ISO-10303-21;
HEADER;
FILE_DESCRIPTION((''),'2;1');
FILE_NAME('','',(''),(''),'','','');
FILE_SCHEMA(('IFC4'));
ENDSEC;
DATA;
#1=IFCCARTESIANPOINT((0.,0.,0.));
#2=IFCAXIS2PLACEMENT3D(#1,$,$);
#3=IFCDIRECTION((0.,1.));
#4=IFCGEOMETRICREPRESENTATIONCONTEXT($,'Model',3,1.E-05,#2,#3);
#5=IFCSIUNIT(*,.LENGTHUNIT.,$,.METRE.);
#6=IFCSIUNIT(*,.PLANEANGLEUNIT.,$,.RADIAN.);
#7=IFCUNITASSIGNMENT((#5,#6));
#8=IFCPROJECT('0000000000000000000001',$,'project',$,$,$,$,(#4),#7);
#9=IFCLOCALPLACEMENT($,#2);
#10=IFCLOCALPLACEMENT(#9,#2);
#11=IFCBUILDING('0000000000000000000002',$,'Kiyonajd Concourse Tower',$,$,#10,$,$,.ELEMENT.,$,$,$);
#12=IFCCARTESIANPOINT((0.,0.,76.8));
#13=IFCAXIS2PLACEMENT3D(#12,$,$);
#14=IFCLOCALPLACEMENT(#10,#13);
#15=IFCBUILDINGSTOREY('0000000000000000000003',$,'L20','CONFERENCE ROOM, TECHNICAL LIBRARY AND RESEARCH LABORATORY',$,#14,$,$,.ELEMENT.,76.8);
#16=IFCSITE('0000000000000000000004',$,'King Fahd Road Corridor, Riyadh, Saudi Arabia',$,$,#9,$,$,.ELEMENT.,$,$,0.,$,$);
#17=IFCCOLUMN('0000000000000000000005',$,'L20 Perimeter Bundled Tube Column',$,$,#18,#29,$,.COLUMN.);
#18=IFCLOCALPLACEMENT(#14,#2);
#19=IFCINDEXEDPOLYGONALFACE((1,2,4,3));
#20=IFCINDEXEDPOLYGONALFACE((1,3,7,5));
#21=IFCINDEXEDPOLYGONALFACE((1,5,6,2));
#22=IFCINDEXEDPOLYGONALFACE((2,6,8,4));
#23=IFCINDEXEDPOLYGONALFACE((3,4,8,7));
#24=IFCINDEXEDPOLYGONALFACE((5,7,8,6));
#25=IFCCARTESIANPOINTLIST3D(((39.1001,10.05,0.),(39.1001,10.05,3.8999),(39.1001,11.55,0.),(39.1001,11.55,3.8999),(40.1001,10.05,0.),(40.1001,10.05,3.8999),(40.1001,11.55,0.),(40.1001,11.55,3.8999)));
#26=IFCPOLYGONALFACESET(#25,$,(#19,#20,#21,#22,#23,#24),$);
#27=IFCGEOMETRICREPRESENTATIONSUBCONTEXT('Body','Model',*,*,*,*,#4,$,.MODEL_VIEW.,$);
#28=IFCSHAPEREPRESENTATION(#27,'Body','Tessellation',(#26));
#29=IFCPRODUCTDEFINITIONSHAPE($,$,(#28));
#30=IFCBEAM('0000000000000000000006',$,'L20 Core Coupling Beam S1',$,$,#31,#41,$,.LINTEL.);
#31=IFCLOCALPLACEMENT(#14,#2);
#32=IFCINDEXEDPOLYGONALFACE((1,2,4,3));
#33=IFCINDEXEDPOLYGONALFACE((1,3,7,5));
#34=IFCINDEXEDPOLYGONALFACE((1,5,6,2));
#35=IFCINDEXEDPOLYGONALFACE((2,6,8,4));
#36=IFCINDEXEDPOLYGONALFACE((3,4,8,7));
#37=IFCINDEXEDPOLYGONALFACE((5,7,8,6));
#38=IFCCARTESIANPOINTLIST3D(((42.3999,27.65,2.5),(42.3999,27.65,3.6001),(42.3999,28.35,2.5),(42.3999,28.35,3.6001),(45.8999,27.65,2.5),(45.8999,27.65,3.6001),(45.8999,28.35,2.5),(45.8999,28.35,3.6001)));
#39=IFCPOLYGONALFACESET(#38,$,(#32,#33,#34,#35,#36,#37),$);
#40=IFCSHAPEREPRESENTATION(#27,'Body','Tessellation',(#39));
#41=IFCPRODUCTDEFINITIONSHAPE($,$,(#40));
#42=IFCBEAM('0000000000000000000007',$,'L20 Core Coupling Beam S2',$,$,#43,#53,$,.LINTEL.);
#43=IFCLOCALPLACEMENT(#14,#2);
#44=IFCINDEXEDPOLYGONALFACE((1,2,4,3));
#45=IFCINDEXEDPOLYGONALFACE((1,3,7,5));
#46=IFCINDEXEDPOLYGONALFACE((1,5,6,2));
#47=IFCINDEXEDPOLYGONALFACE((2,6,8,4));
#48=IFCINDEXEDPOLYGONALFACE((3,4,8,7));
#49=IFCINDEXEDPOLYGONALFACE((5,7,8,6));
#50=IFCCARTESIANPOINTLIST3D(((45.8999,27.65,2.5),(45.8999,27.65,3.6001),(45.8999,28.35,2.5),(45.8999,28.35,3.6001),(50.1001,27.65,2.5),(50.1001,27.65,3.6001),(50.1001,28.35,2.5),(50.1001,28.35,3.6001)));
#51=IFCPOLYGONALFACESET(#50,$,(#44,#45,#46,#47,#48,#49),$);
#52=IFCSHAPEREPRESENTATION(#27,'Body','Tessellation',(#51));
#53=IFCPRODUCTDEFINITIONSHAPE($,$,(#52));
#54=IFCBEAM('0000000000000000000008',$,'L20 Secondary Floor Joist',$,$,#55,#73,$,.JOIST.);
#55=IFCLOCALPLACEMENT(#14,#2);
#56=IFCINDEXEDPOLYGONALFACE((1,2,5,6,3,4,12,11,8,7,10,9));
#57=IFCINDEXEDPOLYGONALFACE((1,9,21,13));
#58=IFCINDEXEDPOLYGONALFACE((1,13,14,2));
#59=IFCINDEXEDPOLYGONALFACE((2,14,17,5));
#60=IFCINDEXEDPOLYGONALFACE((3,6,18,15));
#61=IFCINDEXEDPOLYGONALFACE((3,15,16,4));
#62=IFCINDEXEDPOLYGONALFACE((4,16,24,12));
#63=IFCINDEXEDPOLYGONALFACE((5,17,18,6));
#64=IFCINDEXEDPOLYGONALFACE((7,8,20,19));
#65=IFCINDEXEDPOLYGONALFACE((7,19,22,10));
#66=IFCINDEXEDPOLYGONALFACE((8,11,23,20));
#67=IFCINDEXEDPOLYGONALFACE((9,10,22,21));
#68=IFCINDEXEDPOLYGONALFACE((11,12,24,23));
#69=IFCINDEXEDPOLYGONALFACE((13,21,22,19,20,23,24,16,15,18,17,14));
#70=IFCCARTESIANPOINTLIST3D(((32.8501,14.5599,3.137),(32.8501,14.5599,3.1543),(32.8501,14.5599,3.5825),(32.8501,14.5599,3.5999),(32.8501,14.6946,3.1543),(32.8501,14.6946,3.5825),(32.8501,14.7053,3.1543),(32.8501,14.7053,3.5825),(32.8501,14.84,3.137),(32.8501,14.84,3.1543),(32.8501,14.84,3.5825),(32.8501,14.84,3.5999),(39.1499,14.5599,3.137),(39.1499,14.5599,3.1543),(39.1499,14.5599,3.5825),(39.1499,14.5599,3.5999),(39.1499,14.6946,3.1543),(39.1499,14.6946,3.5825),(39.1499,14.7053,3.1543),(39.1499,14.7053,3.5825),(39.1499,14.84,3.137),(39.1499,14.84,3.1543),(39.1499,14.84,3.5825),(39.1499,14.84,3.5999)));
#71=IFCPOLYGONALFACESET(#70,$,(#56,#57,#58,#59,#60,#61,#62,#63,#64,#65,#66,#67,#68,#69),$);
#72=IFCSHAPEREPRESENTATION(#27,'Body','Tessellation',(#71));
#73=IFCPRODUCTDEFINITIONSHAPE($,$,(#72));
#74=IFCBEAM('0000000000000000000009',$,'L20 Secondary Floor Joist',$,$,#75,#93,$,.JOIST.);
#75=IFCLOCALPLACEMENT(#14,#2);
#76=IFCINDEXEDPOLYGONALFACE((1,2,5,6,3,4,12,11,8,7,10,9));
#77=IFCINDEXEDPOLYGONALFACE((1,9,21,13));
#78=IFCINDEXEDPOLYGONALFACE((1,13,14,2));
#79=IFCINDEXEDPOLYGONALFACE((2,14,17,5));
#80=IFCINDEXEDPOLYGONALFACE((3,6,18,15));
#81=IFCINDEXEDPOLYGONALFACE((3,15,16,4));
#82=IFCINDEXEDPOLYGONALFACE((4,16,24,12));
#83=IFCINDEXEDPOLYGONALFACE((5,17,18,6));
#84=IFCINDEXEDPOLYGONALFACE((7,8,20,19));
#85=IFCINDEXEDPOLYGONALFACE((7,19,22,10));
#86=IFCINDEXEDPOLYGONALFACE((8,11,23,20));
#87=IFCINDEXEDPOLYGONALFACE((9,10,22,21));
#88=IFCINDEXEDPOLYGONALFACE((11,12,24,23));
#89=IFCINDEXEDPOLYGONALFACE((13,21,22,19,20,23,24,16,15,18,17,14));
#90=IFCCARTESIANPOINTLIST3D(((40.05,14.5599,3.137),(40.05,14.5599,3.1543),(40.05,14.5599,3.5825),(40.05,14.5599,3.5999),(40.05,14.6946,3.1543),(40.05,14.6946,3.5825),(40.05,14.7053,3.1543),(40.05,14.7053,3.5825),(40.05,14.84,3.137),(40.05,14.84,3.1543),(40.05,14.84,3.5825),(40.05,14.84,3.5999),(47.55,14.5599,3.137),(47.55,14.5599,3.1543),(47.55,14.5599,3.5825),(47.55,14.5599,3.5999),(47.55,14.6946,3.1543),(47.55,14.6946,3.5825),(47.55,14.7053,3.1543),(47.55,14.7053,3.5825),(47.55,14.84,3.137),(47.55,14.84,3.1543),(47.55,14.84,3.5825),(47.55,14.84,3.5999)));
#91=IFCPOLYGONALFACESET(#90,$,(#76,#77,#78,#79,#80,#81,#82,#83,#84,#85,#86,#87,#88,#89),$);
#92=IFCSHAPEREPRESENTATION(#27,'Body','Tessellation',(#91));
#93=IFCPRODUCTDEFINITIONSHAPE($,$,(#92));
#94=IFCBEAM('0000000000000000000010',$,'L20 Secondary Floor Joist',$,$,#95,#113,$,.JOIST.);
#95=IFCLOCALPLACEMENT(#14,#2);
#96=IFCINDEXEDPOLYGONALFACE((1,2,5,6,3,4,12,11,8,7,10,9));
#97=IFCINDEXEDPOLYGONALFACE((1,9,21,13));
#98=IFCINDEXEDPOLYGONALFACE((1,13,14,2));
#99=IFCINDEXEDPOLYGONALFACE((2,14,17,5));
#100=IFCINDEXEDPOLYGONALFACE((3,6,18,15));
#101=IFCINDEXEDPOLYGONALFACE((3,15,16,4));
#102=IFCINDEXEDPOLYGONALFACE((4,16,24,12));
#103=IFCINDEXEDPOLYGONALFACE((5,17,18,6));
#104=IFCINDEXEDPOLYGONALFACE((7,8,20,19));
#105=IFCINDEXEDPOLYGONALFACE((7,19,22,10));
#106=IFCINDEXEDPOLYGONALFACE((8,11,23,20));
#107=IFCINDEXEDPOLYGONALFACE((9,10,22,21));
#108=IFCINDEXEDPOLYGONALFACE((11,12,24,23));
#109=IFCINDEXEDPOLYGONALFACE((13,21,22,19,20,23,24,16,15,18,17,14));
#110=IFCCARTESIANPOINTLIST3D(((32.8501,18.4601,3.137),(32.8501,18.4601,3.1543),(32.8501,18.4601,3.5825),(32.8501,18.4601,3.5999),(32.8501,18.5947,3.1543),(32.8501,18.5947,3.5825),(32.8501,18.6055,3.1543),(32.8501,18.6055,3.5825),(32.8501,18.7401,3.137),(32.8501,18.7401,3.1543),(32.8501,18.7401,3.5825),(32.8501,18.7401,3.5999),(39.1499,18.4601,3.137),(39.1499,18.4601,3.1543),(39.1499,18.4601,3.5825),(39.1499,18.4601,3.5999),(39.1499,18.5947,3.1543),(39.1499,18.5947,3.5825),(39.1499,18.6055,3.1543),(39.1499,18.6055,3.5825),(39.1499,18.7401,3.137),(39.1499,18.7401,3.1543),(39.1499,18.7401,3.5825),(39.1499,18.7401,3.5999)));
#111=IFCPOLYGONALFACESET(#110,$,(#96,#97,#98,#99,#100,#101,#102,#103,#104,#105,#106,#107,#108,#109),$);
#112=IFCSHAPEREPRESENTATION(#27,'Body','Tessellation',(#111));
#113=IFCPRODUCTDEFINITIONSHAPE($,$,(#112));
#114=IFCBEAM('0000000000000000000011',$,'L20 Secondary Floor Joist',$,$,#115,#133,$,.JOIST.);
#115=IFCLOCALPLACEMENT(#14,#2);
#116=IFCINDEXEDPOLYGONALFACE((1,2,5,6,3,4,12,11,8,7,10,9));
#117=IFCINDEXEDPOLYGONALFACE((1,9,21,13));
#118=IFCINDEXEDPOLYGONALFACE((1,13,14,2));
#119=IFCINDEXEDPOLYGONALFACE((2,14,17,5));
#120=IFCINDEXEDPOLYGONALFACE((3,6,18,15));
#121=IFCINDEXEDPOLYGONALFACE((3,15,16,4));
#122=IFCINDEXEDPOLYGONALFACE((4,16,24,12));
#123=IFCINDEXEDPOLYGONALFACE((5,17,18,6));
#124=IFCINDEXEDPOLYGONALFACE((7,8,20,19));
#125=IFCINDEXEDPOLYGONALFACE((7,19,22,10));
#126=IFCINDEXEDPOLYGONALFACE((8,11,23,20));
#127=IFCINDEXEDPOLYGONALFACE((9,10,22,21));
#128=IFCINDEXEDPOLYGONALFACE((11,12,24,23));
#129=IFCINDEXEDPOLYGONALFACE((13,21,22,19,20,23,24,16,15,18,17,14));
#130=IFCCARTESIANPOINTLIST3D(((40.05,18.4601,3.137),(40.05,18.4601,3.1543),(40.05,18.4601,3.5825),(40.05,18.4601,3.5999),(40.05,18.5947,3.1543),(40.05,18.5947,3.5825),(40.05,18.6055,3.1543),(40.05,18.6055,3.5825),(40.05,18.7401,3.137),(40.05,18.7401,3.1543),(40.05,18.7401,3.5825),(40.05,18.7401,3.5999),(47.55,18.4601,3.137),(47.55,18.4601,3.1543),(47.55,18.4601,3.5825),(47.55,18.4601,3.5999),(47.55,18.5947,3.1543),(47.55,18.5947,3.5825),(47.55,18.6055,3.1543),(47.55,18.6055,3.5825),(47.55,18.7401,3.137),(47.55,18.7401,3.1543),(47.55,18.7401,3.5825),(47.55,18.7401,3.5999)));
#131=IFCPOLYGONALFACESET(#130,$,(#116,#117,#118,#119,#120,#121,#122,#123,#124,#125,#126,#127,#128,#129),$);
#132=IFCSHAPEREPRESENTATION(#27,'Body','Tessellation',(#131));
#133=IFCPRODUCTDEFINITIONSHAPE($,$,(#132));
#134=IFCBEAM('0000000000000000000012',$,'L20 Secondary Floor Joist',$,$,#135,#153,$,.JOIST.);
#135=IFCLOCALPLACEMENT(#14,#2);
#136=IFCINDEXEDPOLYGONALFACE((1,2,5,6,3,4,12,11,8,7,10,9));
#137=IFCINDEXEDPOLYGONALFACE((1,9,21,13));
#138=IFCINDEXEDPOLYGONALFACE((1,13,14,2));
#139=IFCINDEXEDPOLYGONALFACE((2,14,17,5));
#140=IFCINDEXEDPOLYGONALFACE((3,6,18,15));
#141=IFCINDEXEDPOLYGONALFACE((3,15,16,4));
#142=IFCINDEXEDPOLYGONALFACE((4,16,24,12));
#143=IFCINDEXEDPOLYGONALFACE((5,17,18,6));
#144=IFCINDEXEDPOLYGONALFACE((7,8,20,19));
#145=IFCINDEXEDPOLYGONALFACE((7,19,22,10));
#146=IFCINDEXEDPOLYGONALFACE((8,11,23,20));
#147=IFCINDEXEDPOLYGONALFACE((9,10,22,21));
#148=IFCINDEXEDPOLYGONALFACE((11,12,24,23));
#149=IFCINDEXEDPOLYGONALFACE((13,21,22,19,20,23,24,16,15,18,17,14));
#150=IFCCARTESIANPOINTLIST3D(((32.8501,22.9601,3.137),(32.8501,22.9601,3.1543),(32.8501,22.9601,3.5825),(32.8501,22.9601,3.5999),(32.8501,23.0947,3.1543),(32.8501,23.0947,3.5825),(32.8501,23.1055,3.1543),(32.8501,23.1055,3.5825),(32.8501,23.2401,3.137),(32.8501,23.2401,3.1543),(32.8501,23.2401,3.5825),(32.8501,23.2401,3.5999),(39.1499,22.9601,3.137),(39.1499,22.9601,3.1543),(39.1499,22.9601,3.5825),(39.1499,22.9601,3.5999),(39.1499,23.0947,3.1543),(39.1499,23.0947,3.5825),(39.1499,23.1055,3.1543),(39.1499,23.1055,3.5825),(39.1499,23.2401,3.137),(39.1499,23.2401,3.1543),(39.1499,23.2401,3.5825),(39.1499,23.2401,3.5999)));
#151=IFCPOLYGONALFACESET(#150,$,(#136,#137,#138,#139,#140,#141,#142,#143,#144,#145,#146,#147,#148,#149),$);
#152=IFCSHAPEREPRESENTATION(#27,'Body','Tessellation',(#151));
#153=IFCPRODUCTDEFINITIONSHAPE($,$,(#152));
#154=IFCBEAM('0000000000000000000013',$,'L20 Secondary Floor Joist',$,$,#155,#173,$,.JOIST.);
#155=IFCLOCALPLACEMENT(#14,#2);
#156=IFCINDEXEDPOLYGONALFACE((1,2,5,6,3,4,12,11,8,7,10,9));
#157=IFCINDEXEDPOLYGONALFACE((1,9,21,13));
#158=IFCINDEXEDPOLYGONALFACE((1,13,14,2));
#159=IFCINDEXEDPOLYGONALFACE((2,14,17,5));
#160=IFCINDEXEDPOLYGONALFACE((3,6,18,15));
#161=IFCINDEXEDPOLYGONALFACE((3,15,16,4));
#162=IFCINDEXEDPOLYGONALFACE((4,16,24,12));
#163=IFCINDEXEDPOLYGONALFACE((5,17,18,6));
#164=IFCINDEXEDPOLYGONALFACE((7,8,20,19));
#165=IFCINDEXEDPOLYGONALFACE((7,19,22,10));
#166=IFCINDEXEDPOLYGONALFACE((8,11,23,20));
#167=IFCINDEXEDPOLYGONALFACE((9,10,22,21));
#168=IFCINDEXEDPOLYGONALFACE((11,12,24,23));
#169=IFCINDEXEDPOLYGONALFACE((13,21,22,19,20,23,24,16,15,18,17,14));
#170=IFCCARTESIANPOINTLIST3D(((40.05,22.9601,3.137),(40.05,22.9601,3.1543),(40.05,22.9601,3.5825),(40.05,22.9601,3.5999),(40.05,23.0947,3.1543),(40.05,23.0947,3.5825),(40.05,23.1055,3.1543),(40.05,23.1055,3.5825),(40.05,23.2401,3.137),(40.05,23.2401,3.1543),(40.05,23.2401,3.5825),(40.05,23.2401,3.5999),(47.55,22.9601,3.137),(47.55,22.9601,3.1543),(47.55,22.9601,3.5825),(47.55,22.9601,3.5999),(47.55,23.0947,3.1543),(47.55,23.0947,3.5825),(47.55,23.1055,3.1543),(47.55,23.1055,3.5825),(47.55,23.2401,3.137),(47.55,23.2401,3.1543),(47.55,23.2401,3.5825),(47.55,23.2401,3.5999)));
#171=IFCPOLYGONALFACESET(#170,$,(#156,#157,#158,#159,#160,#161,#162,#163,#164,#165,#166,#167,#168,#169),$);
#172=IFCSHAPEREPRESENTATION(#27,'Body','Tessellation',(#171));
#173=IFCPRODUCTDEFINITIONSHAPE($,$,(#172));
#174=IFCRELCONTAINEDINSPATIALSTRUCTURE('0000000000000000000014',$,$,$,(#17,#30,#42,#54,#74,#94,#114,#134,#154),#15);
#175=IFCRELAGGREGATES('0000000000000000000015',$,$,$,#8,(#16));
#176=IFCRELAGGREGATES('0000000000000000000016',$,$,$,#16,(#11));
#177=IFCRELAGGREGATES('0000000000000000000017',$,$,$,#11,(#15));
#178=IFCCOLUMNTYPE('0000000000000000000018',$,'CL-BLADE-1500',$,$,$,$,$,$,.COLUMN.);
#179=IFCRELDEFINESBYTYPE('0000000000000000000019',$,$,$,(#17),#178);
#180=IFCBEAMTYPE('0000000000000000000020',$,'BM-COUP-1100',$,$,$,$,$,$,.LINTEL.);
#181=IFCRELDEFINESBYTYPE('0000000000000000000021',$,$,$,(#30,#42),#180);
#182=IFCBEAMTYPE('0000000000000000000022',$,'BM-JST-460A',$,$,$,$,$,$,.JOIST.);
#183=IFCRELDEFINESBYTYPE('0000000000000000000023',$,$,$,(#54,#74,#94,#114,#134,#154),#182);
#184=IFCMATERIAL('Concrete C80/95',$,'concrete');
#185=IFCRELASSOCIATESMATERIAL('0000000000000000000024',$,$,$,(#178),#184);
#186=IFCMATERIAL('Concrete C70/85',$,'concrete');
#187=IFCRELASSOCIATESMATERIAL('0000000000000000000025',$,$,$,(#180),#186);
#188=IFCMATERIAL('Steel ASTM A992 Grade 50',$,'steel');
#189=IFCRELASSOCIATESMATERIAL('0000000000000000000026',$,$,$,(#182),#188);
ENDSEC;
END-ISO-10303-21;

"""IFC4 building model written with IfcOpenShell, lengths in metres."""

from ifc_helpers import new_model, si_unit, direction, frame, origin, origin_2d, place, context, subcontext, project, spatial, rectangle, i_section, extrude, material, material_profile, profile_set, type_object, element, save


model = new_model("IFC4")

# Units and contexts
model_context = context("Model", 3, precision=1e-05, world=origin(), true_north=direction((0.0, 1.0)))
body_context = subcontext(model_context, "Body", "Model", "MODEL_VIEW")
ifc_project = project(units=[si_unit("LENGTHUNIT", "METRE"), si_unit("PLANEANGLEUNIT", "RADIAN")], contexts=[model_context])

# Site, building, storey
site_placement = place(None, origin())
site = spatial("IfcSite", under=ifc_project, at=site_placement, Name="King Fahd Road Corridor, Riyadh, Saudi Arabia", CompositionType="ELEMENT", RefElevation=0.0)
building_placement = place(site_placement, origin())
building = spatial("IfcBuilding", under=site, at=building_placement, Name="Kiyonajd Concourse Tower", CompositionType="ELEMENT")
storey_placement = place(building_placement, frame((0.0, 0.0, 76.8)))
storey = spatial("IfcBuildingStorey", under=building, at=storey_placement, Name="L20", Description="CONFERENCE ROOM, TECHNICAL LIBRARY AND RESEARCH LABORATORY", CompositionType="ELEMENT", Elevation=76.8)

# Column
ifc_material_1 = material(Name="Concrete C80/95", Category="concrete")
ifc_material_profile_1 = material_profile(ifc_material_1, rectangle(XDim=1.0, YDim=1.5, at=origin_2d()), Name="RC-1500x1000")
ifc_profile_set_1 = profile_set([ifc_material_profile_1], Name="Concrete C80/95")
column_type = type_object("IfcColumnType", Name="CL-BLADE-1500", PredefinedType="COLUMN", material=ifc_profile_set_1)
column_placement = place(storey_placement, frame((39.6001, 10.8, 0.0), z_axis=(0.0, 0.0, 1.0), x_axis=(1.0, 0.0, 0.0)))
element("IfcColumn", 1, at=column_placement, inside=storey, type_object=column_type, Name="L20 Perimeter Bundled Tube Column", PredefinedType="COLUMN", context=body_context, shape_type="SweptSolid", body=[
    extrude(rectangle(XDim=1.0, YDim=1.5, at=origin_2d()), origin(), (0.0, 0.0, 1.0), 3.8999),
])

# Beams
ifc_material_2 = material(Name="Concrete C70/85", Category="concrete")
ifc_material_profile_2 = material_profile(ifc_material_2, rectangle(XDim=0.7, YDim=1.1001, at=origin_2d()), Name="RCBM-700x1100")
ifc_profile_set_2 = profile_set([ifc_material_profile_2], Name="Concrete C70/85")
beam_type_1 = type_object("IfcBeamType", Name="BM-COUP-1100", PredefinedType="LINTEL", material=ifc_profile_set_2)
beam_1_placement = place(storey_placement, frame((42.3999, 28.0, 3.05), z_axis=(1.0, 0.0, 0.0), x_axis=(0.0, 1.0, 0.0)))
element("IfcBeam", 2, at=beam_1_placement, inside=storey, type_object=beam_type_1, Name="L20 Core Coupling Beam S1", PredefinedType="LINTEL", context=body_context, shape_type="SweptSolid", body=[
    extrude(rectangle(XDim=0.7, YDim=1.1001, at=origin_2d()), origin(), (0.0, 0.0, 1.0), 3.5),
])
beam_2_placement = place(storey_placement, frame((45.8999, 28.0, 3.05), z_axis=(1.0, 0.0, 0.0), x_axis=(0.0, 1.0, 0.0)))
element("IfcBeam", 3, at=beam_2_placement, inside=storey, type_object=beam_type_1, Name="L20 Core Coupling Beam S2", PredefinedType="LINTEL", context=body_context, shape_type="SweptSolid", body=[
    extrude(rectangle(XDim=0.7, YDim=1.1001, at=origin_2d()), origin(), (0.0, 0.0, 1.0), 4.2002),
])
ifc_material_3 = material(Name="Steel ASTM A992 Grade 50", Category="steel")
ifc_material_profile_3 = material_profile(ifc_material_3, i_section(OverallWidth=0.28, OverallDepth=0.4629, WebThickness=0.0107, FlangeThickness=0.0173, at=origin_2d()), Name="W460X113")
ifc_profile_set_3 = profile_set([ifc_material_profile_3], Name="Steel ASTM A992 Grade 50")
beam_type_2 = type_object("IfcBeamType", Name="BM-JST-460A", PredefinedType="JOIST", material=ifc_profile_set_3)
beam_3_placement = place(storey_placement, frame((32.8501, 14.7, 3.3684), z_axis=(1.0, 0.0, 0.0), x_axis=(0.0, 1.0, 0.0)))
element("IfcBeam", 4, at=beam_3_placement, inside=storey, type_object=beam_type_2, Name="L20 Secondary Floor Joist", PredefinedType="JOIST", context=body_context, shape_type="SweptSolid", body=[
    extrude(i_section(OverallWidth=0.28, OverallDepth=0.4629, WebThickness=0.0107, FlangeThickness=0.0173, at=origin_2d()), origin(), (0.0, 0.0, 1.0), 6.2998),
])
beam_4_placement = place(storey_placement, frame((40.05, 14.7, 3.3684), z_axis=(1.0, 0.0, 0.0), x_axis=(0.0, 1.0, 0.0)))
element("IfcBeam", 5, at=beam_4_placement, inside=storey, type_object=beam_type_2, Name="L20 Secondary Floor Joist", PredefinedType="JOIST", context=body_context, shape_type="SweptSolid", body=[
    extrude(i_section(OverallWidth=0.28, OverallDepth=0.4629, WebThickness=0.0107, FlangeThickness=0.0173, at=origin_2d()), origin(), (0.0, 0.0, 1.0), 7.5),
])
beam_5_placement = place(storey_placement, frame((32.8501, 18.6001, 3.3684), z_axis=(1.0, 0.0, 0.0), x_axis=(0.0, 1.0, 0.0)))
element("IfcBeam", 6, at=beam_5_placement, inside=storey, type_object=beam_type_2, Name="L20 Secondary Floor Joist", PredefinedType="JOIST", context=body_context, shape_type="SweptSolid", body=[
    extrude(i_section(OverallWidth=0.28, OverallDepth=0.4629, WebThickness=0.0107, FlangeThickness=0.0173, at=origin_2d()), origin(), (0.0, 0.0, 1.0), 6.2998),
])
beam_6_placement = place(storey_placement, frame((40.05, 18.6001, 3.3684), z_axis=(1.0, 0.0, 0.0), x_axis=(0.0, 1.0, 0.0)))
element("IfcBeam", 7, at=beam_6_placement, inside=storey, type_object=beam_type_2, Name="L20 Secondary Floor Joist", PredefinedType="JOIST", context=body_context, shape_type="SweptSolid", body=[
    extrude(i_section(OverallWidth=0.28, OverallDepth=0.4629, WebThickness=0.0107, FlangeThickness=0.0173, at=origin_2d()), origin(), (0.0, 0.0, 1.0), 7.5),
])
beam_7_placement = place(storey_placement, frame((32.8501, 23.1001, 3.3684), z_axis=(1.0, 0.0, 0.0), x_axis=(0.0, 1.0, 0.0)))
element("IfcBeam", 8, at=beam_7_placement, inside=storey, type_object=beam_type_2, Name="L20 Secondary Floor Joist", PredefinedType="JOIST", context=body_context, shape_type="SweptSolid", body=[
    extrude(i_section(OverallWidth=0.28, OverallDepth=0.4629, WebThickness=0.0107, FlangeThickness=0.0173, at=origin_2d()), origin(), (0.0, 0.0, 1.0), 6.2998),
])
beam_8_placement = place(storey_placement, frame((40.05, 23.1001, 3.3684), z_axis=(1.0, 0.0, 0.0), x_axis=(0.0, 1.0, 0.0)))
element("IfcBeam", 9, at=beam_8_placement, inside=storey, type_object=beam_type_2, Name="L20 Secondary Floor Joist", PredefinedType="JOIST", context=body_context, shape_type="SweptSolid", body=[
    extrude(i_section(OverallWidth=0.28, OverallDepth=0.4629, WebThickness=0.0107, FlangeThickness=0.0173, at=origin_2d()), origin(), (0.0, 0.0, 1.0), 7.5),
])

save(model, "model.ifc")
